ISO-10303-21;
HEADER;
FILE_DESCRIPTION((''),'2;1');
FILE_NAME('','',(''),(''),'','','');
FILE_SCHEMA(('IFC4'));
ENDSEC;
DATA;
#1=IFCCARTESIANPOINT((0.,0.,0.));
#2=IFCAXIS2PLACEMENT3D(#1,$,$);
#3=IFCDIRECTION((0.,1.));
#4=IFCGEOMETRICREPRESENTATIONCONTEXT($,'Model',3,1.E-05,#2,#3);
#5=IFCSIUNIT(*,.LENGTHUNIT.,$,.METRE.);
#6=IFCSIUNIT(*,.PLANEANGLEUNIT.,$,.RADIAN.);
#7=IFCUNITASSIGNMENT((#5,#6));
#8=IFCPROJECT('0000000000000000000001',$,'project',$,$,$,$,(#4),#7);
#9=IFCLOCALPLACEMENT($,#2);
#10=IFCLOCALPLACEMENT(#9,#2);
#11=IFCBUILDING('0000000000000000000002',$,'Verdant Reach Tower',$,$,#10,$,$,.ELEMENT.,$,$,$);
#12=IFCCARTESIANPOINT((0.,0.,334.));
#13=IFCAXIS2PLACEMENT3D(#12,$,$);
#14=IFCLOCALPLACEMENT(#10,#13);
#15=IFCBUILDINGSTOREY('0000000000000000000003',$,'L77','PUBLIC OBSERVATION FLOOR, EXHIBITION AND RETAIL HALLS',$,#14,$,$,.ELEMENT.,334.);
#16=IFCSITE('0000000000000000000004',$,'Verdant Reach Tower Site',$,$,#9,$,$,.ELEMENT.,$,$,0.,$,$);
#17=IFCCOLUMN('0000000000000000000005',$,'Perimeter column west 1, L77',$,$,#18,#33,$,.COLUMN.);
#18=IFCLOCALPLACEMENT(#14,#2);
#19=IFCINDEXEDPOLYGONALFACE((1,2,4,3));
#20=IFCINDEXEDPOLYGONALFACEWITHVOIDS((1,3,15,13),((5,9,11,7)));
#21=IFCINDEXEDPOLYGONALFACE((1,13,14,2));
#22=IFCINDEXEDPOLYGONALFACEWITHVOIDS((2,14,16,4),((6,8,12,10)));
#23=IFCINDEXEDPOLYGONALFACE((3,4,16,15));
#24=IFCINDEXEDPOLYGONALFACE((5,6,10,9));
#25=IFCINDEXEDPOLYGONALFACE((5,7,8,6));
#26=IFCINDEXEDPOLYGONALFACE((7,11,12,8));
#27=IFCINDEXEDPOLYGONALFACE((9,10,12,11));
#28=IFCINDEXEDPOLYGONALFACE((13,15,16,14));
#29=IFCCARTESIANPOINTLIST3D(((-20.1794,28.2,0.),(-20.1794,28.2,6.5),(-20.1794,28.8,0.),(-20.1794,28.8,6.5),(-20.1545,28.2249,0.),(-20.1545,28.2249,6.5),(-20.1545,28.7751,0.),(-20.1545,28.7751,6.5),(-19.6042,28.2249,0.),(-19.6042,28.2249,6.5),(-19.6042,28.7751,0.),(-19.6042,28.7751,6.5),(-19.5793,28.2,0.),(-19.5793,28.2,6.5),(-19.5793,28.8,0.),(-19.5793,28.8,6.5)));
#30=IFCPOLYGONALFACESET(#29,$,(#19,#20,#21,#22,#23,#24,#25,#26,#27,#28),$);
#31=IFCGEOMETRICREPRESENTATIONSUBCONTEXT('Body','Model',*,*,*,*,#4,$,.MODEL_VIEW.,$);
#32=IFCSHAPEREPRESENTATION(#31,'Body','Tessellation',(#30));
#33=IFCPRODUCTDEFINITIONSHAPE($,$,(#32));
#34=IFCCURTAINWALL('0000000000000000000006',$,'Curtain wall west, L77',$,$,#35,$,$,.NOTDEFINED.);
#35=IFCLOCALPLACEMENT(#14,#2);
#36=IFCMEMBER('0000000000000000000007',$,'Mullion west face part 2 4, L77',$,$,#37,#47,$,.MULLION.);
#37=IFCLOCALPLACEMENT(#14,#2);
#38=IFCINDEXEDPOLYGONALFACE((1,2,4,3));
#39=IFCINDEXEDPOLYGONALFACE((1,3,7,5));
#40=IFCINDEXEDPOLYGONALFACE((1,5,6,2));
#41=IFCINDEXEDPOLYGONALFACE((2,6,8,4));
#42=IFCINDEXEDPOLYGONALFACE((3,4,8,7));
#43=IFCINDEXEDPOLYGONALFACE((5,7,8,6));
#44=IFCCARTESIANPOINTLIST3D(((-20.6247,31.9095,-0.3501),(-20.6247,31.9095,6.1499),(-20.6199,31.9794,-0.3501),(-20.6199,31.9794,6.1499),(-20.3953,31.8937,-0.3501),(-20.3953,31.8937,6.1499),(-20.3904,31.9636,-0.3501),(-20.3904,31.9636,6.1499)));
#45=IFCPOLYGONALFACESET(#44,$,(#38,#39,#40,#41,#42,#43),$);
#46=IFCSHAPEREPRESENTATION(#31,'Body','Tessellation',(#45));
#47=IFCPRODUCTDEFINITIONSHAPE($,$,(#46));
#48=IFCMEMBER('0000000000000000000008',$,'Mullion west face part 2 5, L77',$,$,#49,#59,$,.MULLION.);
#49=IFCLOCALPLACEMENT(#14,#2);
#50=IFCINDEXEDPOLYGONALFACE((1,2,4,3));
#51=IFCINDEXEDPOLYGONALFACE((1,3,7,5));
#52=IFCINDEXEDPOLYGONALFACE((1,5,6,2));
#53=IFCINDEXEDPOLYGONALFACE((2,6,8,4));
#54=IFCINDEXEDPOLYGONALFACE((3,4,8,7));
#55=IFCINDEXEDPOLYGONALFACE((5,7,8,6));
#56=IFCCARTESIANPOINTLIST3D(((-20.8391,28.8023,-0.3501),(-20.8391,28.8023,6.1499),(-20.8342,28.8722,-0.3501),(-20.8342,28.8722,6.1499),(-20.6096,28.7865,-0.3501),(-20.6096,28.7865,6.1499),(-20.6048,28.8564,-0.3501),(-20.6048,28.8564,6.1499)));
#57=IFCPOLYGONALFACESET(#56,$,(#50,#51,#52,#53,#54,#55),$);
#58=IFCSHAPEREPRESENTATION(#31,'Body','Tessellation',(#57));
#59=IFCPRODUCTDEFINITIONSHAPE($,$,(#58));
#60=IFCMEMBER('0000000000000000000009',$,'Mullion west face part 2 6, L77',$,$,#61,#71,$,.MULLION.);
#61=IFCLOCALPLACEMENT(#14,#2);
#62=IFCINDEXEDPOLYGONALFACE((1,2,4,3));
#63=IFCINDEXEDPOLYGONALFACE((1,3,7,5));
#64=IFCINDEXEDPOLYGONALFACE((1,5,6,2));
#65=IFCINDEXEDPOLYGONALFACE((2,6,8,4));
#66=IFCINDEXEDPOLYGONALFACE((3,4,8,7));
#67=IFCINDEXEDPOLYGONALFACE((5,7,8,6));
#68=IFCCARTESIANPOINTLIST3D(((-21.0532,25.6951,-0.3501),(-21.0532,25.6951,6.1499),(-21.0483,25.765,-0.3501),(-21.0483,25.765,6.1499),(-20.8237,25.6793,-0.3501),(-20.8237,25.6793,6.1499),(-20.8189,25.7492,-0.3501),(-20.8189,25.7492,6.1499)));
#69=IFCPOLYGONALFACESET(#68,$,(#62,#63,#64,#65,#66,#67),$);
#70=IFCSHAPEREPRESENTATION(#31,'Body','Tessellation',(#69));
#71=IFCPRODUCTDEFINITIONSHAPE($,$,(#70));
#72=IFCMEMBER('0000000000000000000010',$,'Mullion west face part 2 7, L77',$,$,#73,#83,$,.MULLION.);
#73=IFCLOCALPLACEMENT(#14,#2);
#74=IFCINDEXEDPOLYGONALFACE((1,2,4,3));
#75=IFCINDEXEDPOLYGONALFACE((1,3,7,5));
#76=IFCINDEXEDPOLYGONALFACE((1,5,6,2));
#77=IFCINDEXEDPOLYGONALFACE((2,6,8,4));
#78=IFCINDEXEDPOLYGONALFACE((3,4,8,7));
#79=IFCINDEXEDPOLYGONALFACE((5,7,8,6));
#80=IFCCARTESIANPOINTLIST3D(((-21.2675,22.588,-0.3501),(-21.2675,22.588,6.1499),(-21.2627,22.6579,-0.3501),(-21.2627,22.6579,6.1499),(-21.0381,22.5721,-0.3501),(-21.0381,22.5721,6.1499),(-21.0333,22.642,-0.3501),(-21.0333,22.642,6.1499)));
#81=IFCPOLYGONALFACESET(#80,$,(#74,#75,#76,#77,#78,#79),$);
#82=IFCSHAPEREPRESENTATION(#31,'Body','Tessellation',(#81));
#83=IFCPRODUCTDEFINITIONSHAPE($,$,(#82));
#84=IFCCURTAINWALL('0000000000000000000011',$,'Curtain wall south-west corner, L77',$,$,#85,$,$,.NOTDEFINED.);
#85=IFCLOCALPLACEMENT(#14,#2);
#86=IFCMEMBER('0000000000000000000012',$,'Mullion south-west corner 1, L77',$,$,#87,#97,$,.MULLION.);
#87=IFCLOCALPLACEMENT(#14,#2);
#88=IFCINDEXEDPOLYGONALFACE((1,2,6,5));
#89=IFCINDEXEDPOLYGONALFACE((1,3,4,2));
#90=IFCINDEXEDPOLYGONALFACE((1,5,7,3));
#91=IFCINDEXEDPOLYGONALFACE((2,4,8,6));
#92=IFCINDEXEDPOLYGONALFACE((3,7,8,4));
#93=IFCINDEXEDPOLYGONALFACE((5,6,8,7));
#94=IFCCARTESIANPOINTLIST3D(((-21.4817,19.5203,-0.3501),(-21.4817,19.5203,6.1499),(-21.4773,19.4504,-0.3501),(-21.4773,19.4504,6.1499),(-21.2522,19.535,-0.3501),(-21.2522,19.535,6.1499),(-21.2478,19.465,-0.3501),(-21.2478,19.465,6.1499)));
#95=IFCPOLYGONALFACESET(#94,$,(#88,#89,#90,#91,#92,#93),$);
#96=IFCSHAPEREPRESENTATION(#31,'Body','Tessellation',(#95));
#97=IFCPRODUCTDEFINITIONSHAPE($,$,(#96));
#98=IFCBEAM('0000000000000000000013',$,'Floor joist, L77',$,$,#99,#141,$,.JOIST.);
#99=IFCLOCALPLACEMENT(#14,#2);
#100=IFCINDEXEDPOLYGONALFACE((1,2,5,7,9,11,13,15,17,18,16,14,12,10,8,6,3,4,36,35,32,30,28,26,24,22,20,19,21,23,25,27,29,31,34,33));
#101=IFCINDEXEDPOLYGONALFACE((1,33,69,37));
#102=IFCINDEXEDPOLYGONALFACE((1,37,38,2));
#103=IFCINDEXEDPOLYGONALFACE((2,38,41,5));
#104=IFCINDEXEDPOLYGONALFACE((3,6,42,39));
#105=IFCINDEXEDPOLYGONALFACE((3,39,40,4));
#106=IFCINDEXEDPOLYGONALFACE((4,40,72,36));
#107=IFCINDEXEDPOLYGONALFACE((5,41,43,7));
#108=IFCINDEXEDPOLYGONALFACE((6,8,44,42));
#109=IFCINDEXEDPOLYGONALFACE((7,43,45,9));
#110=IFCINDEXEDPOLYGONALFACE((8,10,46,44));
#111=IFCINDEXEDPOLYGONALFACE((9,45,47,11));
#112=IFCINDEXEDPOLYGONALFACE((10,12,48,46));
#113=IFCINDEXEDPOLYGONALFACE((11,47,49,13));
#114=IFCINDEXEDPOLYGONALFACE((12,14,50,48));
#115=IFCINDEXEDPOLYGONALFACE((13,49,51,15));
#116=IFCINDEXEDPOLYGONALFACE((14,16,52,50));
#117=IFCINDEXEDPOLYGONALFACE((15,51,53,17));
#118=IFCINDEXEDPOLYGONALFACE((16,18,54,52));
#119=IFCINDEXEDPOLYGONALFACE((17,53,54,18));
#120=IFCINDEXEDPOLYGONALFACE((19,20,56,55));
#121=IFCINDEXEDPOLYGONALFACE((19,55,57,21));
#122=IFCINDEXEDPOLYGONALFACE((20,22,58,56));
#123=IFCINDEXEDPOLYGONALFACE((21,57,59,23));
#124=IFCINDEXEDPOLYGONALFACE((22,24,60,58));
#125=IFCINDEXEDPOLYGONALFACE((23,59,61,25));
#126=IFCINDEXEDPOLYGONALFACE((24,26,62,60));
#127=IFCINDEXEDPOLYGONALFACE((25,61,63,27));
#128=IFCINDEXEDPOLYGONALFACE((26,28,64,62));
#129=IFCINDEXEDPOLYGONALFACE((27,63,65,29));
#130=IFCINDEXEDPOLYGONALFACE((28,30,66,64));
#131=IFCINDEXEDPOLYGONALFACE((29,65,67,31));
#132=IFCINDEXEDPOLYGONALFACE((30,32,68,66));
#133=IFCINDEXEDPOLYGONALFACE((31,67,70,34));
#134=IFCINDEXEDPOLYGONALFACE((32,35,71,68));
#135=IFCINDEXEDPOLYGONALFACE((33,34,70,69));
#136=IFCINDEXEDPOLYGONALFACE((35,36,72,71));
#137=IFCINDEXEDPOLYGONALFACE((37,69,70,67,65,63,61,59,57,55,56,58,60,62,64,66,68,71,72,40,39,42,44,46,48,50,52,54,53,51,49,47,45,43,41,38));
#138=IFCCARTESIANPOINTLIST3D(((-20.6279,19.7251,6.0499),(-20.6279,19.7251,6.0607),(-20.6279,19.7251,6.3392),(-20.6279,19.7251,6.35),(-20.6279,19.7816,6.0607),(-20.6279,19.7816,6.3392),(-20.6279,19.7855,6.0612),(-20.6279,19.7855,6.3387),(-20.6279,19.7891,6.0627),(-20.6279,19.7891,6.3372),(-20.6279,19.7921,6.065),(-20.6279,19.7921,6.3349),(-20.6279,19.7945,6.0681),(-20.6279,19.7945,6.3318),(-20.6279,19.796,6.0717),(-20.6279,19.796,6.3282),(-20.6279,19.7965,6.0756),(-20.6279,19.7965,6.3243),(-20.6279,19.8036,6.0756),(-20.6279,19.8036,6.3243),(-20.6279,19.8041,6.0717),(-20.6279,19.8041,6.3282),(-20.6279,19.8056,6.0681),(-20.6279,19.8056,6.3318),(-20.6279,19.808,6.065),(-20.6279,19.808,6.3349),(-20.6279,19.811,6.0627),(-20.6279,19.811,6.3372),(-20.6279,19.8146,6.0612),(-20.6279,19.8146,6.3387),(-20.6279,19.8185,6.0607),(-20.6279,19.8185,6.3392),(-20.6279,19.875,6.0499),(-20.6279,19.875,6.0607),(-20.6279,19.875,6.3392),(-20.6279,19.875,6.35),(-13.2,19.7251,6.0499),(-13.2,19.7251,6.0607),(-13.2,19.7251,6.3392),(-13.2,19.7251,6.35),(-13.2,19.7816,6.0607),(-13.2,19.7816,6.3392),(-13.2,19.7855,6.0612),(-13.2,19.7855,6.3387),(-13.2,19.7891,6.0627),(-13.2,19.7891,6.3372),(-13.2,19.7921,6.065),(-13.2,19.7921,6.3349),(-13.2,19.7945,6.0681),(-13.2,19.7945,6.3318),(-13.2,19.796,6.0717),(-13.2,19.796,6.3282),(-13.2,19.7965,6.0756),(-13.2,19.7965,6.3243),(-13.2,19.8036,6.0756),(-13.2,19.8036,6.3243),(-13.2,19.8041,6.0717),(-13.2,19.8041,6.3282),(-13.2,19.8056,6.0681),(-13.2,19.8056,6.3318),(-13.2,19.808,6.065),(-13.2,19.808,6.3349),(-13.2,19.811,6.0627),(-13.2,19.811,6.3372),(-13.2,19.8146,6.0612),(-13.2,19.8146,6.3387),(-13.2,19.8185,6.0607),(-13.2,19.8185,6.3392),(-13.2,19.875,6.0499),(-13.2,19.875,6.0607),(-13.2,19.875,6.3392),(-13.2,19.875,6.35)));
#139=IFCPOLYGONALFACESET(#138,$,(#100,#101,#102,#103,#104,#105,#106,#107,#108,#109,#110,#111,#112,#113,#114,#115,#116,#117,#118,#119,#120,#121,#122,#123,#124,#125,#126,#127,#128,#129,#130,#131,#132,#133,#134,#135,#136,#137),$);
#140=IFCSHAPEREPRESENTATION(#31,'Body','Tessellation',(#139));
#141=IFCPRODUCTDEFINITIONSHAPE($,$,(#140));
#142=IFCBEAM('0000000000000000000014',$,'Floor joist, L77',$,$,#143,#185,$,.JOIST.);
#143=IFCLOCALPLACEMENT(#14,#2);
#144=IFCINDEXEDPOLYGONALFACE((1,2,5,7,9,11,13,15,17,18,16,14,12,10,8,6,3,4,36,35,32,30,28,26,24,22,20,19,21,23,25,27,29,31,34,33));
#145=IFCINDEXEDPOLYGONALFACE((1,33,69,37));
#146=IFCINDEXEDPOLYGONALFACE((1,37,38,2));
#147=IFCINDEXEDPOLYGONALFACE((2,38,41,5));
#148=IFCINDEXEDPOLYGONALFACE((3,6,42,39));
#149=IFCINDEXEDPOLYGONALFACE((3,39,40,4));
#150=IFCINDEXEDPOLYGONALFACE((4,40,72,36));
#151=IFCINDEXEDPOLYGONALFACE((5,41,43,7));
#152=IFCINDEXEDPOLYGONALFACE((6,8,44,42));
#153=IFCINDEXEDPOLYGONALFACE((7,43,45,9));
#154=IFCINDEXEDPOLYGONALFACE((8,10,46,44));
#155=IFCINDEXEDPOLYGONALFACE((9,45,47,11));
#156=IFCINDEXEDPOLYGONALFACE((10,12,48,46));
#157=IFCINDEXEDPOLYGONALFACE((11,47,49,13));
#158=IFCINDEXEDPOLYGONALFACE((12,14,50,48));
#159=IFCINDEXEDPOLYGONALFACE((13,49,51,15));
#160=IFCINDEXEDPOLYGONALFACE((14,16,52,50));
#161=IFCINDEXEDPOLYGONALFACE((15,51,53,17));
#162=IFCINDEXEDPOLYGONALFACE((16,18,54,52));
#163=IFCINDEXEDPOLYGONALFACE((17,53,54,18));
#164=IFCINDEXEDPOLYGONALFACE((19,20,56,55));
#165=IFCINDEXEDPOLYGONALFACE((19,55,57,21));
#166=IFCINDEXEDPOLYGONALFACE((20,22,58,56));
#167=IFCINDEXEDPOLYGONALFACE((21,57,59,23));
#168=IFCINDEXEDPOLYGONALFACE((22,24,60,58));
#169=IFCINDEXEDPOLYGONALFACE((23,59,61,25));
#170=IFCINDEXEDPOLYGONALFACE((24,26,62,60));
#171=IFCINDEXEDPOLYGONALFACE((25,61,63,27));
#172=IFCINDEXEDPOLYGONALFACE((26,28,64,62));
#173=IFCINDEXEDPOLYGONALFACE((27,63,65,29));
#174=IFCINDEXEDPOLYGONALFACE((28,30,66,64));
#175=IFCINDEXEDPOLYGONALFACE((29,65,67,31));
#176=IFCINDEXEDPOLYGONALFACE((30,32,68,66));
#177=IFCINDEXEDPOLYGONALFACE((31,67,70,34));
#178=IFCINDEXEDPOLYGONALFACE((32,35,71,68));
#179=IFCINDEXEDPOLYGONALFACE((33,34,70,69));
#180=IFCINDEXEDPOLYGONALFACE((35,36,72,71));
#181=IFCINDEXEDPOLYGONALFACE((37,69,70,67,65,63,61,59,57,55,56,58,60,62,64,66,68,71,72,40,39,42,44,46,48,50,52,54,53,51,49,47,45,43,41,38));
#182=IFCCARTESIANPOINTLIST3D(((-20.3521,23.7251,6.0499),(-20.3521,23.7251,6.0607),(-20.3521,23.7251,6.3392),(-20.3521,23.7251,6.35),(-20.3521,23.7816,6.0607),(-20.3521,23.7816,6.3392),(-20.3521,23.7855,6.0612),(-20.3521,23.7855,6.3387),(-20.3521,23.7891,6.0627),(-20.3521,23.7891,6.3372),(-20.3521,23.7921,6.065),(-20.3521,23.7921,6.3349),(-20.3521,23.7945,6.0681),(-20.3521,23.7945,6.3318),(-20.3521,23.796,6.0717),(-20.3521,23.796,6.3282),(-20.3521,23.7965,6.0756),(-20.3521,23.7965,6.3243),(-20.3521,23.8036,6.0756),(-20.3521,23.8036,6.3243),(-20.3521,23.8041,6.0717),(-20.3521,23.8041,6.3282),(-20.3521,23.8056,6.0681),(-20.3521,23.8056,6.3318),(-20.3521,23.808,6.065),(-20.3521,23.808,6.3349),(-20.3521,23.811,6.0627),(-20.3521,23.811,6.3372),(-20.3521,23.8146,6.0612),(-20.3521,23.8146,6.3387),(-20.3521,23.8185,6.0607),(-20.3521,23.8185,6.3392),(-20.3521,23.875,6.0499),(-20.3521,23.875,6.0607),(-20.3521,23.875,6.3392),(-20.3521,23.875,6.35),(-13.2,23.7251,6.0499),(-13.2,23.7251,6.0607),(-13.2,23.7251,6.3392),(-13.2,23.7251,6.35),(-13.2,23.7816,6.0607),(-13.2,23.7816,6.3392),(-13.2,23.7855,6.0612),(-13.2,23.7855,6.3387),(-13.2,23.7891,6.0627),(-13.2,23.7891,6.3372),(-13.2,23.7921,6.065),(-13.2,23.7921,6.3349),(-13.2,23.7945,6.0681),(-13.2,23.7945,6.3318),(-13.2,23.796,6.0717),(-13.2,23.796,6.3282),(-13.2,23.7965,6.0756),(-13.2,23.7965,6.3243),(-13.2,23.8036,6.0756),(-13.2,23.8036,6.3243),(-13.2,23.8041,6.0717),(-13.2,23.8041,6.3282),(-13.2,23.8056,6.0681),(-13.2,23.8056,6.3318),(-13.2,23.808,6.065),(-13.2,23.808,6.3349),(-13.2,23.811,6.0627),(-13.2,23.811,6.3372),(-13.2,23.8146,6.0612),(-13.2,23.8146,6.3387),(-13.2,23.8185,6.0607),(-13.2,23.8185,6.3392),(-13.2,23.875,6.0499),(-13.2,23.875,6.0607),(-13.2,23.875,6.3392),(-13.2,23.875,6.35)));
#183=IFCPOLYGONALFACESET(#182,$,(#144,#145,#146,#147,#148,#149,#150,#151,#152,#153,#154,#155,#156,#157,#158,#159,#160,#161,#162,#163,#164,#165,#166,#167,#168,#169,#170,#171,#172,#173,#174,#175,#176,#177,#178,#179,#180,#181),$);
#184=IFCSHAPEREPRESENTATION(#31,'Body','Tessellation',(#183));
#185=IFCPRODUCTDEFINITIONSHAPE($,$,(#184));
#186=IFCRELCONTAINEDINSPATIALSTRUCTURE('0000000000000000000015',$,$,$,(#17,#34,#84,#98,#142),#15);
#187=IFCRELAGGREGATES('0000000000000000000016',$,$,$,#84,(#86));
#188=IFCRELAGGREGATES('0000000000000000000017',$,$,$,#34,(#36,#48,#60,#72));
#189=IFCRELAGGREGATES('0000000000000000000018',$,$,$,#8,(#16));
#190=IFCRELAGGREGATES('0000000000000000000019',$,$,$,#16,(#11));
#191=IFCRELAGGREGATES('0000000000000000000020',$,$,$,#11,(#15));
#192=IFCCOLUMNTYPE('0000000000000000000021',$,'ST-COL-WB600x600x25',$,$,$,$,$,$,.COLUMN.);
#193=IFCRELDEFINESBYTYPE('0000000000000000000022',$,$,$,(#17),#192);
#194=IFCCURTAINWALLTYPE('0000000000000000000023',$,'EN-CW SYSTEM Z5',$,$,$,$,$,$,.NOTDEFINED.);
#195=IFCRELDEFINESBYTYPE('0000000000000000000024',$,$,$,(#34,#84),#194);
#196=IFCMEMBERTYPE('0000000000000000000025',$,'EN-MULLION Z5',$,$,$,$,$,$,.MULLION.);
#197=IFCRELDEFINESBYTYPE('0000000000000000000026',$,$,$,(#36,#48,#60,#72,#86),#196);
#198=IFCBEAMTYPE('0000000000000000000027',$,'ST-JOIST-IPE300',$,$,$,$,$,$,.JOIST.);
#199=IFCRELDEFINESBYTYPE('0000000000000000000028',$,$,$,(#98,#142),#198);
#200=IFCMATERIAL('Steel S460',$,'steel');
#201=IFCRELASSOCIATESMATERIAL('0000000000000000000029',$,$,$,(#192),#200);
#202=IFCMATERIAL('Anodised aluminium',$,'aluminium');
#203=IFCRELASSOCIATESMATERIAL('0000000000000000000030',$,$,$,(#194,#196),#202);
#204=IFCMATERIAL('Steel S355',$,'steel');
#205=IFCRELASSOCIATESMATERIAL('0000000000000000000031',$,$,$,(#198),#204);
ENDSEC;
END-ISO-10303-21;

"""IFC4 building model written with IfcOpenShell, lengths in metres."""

from ifc_helpers import new_model, si_unit, direction, frame, origin, origin_2d, place, context, subcontext, project, spatial, rectangle, hollow_rectangle, i_section, extrude, material, material_profile, profile_set, type_object, element, aggregate, save


model = new_model("IFC4")

# Units and contexts
model_context = context("Model", 3, precision=1e-05, world=origin(), true_north=direction((0.0, 1.0)))
body_context = subcontext(model_context, "Body", "Model", "MODEL_VIEW")
ifc_project = project(units=[si_unit("LENGTHUNIT", "METRE"), si_unit("PLANEANGLEUNIT", "RADIAN")], contexts=[model_context])

# Site, building, storey
site_placement = place(None, origin())
site = spatial("IfcSite", under=ifc_project, at=site_placement, Name="Verdant Reach Tower Site", CompositionType="ELEMENT", RefElevation=0.0)
building_placement = place(site_placement, origin())
building = spatial("IfcBuilding", under=site, at=building_placement, Name="Verdant Reach Tower", CompositionType="ELEMENT")
storey_placement = place(building_placement, frame((0.0, 0.0, 334.0)))
storey = spatial("IfcBuildingStorey", under=building, at=storey_placement, Name="L77", Description="PUBLIC OBSERVATION FLOOR, EXHIBITION AND RETAIL HALLS", CompositionType="ELEMENT", Elevation=334.0)

# Column
ifc_material_1 = material(Name="Steel S460", Category="steel")
ifc_material_profile_1 = material_profile(ifc_material_1, hollow_rectangle(XDim=0.6001, YDim=0.6001, WallThickness=0.0249, at=origin_2d()), Name="WB 600x600x25")
ifc_profile_set_1 = profile_set([ifc_material_profile_1], Name="Steel S460")
column_type = type_object("IfcColumnType", Name="ST-COL-WB600x600x25", PredefinedType="COLUMN", material=ifc_profile_set_1)
column_placement = place(storey_placement, frame((-19.8794, 28.5, 0.0), z_axis=(0.0, 0.0, 1.0), x_axis=(1.0, 0.0, 0.0)))
element("IfcColumn", 1, at=column_placement, inside=storey, type_object=column_type, Name="Perimeter column west 1, L77", PredefinedType="COLUMN", context=body_context, shape_type="SweptSolid", body=[
    extrude(hollow_rectangle(XDim=0.6001, YDim=0.6001, WallThickness=0.0249, at=origin_2d()), origin(), (0.0, 0.0, 1.0), 6.5),
])

# Curtain wall, members
ifc_material_2 = material(Name="Anodised aluminium", Category="aluminium")
curtain_wall_type = type_object("IfcCurtainWallType", Name="EN-CW SYSTEM Z5", PredefinedType="NOTDEFINED", material=ifc_material_2)
curtain_wall_1_placement = place(storey_placement, origin())
curtain_wall_1 = element("IfcCurtainWall", 2, at=curtain_wall_1_placement, inside=storey, type_object=curtain_wall_type, Name="Curtain wall west, L77", PredefinedType="NOTDEFINED")
ifc_material_profile_2 = material_profile(ifc_material_2, rectangle(XDim=0.23, YDim=0.0701, at=origin_2d()), Name="Mullion 70x230")
ifc_profile_set_2 = profile_set([ifc_material_profile_2], Name="Anodised aluminium")
member_type = type_object("IfcMemberType", Name="EN-MULLION Z5", PredefinedType="MULLION", material=ifc_profile_set_2)
member_1_placement = place(storey_placement, frame((-20.5076, 31.9365, -0.3501), z_axis=(0.0, 0.0, 1.0), x_axis=(-0.99763, 0.068802, 0.0)))
member_1 = element("IfcMember", 3, at=member_1_placement, type_object=member_type, Name="Mullion west face part 2 4, L77", PredefinedType="MULLION", context=body_context, shape_type="SweptSolid", body=[
    extrude(rectangle(XDim=0.23, YDim=0.0701, at=origin_2d()), origin(), (0.0, 0.0, 1.0), 6.5),
])
member_2_placement = place(storey_placement, frame((-20.7219, 28.8293, -0.3501), z_axis=(0.0, 0.0, 1.0), x_axis=(-0.99763, 0.068802, 0.0)))
member_2 = element("IfcMember", 4, at=member_2_placement, type_object=member_type, Name="Mullion west face part 2 5, L77", PredefinedType="MULLION", context=body_context, shape_type="SweptSolid", body=[
    extrude(rectangle(XDim=0.23, YDim=0.0701, at=origin_2d()), origin(), (0.0, 0.0, 1.0), 6.5),
])
member_3_placement = place(storey_placement, frame((-20.936, 25.7222, -0.3501), z_axis=(0.0, 0.0, 1.0), x_axis=(-0.99763, 0.068802, 0.0)))
member_3 = element("IfcMember", 5, at=member_3_placement, type_object=member_type, Name="Mullion west face part 2 6, L77", PredefinedType="MULLION", context=body_context, shape_type="SweptSolid", body=[
    extrude(rectangle(XDim=0.23, YDim=0.0701, at=origin_2d()), origin(), (0.0, 0.0, 1.0), 6.5),
])
member_4_placement = place(storey_placement, frame((-21.1504, 22.615, -0.3501), z_axis=(0.0, 0.0, 1.0), x_axis=(-0.99763, 0.068802, 0.0)))
member_4 = element("IfcMember", 6, at=member_4_placement, type_object=member_type, Name="Mullion west face part 2 7, L77", PredefinedType="MULLION", context=body_context, shape_type="SweptSolid", body=[
    extrude(rectangle(XDim=0.23, YDim=0.0701, at=origin_2d()), origin(), (0.0, 0.0, 1.0), 6.5),
])

# Curtain wall, member
curtain_wall_2_placement = place(storey_placement, origin())
curtain_wall_2 = element("IfcCurtainWall", 7, at=curtain_wall_2_placement, inside=storey, type_object=curtain_wall_type, Name="Curtain wall south-west corner, L77", PredefinedType="NOTDEFINED")
member_5_placement = place(storey_placement, frame((-21.3647, 19.4927, -0.3501), z_axis=(0.0, 0.0, 1.0), x_axis=(-0.997969, -0.063699, 0.0)))
member_5 = element("IfcMember", 8, at=member_5_placement, type_object=member_type, Name="Mullion south-west corner 1, L77", PredefinedType="MULLION", context=body_context, shape_type="SweptSolid", body=[
    extrude(rectangle(XDim=0.23, YDim=0.0701, at=origin_2d()), origin(), (0.0, 0.0, 1.0), 6.5),
])
aggregate(curtain_wall_2, [member_5])

# Beams
ifc_material_3 = material(Name="Steel S355", Category="steel")
ifc_material_profile_3 = material_profile(ifc_material_3, i_section(OverallWidth=0.1499, OverallDepth=0.3, WebThickness=0.0071, FlangeThickness=0.0107, FilletRadius=0.0149, at=origin_2d()), Name="IPE 300")
ifc_profile_set_3 = profile_set([ifc_material_profile_3], Name="Steel S355")
beam_type_1 = type_object("IfcBeamType", Name="ST-JOIST-IPE300", PredefinedType="JOIST", material=ifc_profile_set_3)
beam_1_placement = place(storey_placement, frame((-13.2, 19.8, 6.2), z_axis=(-1.0, 0.0, 0.0), x_axis=(0.0, -1.0, 0.0)))
element("IfcBeam", 9, at=beam_1_placement, inside=storey, type_object=beam_type_1, Name="Floor joist, L77", PredefinedType="JOIST", context=body_context, shape_type="SweptSolid", body=[
    extrude(i_section(OverallWidth=0.1499, OverallDepth=0.3, WebThickness=0.0071, FlangeThickness=0.0107, FilletRadius=0.0149, at=origin_2d()), origin(), (0.0, 0.0, 1.0), 7.428),
])
beam_2_placement = place(storey_placement, frame((-13.2, 23.8, 6.2), z_axis=(-1.0, 0.0, 0.0), x_axis=(0.0, -1.0, 0.0)))
element("IfcBeam", 10, at=beam_2_placement, inside=storey, type_object=beam_type_1, Name="Floor joist, L77", PredefinedType="JOIST", context=body_context, shape_type="SweptSolid", body=[
    extrude(i_section(OverallWidth=0.1499, OverallDepth=0.3, WebThickness=0.0071, FlangeThickness=0.0107, FilletRadius=0.0149, at=origin_2d()), origin(), (0.0, 0.0, 1.0), 7.1521),
])

aggregate(curtain_wall_1, [member_1, member_2, member_3, member_4])

save(model, "model.ifc")
